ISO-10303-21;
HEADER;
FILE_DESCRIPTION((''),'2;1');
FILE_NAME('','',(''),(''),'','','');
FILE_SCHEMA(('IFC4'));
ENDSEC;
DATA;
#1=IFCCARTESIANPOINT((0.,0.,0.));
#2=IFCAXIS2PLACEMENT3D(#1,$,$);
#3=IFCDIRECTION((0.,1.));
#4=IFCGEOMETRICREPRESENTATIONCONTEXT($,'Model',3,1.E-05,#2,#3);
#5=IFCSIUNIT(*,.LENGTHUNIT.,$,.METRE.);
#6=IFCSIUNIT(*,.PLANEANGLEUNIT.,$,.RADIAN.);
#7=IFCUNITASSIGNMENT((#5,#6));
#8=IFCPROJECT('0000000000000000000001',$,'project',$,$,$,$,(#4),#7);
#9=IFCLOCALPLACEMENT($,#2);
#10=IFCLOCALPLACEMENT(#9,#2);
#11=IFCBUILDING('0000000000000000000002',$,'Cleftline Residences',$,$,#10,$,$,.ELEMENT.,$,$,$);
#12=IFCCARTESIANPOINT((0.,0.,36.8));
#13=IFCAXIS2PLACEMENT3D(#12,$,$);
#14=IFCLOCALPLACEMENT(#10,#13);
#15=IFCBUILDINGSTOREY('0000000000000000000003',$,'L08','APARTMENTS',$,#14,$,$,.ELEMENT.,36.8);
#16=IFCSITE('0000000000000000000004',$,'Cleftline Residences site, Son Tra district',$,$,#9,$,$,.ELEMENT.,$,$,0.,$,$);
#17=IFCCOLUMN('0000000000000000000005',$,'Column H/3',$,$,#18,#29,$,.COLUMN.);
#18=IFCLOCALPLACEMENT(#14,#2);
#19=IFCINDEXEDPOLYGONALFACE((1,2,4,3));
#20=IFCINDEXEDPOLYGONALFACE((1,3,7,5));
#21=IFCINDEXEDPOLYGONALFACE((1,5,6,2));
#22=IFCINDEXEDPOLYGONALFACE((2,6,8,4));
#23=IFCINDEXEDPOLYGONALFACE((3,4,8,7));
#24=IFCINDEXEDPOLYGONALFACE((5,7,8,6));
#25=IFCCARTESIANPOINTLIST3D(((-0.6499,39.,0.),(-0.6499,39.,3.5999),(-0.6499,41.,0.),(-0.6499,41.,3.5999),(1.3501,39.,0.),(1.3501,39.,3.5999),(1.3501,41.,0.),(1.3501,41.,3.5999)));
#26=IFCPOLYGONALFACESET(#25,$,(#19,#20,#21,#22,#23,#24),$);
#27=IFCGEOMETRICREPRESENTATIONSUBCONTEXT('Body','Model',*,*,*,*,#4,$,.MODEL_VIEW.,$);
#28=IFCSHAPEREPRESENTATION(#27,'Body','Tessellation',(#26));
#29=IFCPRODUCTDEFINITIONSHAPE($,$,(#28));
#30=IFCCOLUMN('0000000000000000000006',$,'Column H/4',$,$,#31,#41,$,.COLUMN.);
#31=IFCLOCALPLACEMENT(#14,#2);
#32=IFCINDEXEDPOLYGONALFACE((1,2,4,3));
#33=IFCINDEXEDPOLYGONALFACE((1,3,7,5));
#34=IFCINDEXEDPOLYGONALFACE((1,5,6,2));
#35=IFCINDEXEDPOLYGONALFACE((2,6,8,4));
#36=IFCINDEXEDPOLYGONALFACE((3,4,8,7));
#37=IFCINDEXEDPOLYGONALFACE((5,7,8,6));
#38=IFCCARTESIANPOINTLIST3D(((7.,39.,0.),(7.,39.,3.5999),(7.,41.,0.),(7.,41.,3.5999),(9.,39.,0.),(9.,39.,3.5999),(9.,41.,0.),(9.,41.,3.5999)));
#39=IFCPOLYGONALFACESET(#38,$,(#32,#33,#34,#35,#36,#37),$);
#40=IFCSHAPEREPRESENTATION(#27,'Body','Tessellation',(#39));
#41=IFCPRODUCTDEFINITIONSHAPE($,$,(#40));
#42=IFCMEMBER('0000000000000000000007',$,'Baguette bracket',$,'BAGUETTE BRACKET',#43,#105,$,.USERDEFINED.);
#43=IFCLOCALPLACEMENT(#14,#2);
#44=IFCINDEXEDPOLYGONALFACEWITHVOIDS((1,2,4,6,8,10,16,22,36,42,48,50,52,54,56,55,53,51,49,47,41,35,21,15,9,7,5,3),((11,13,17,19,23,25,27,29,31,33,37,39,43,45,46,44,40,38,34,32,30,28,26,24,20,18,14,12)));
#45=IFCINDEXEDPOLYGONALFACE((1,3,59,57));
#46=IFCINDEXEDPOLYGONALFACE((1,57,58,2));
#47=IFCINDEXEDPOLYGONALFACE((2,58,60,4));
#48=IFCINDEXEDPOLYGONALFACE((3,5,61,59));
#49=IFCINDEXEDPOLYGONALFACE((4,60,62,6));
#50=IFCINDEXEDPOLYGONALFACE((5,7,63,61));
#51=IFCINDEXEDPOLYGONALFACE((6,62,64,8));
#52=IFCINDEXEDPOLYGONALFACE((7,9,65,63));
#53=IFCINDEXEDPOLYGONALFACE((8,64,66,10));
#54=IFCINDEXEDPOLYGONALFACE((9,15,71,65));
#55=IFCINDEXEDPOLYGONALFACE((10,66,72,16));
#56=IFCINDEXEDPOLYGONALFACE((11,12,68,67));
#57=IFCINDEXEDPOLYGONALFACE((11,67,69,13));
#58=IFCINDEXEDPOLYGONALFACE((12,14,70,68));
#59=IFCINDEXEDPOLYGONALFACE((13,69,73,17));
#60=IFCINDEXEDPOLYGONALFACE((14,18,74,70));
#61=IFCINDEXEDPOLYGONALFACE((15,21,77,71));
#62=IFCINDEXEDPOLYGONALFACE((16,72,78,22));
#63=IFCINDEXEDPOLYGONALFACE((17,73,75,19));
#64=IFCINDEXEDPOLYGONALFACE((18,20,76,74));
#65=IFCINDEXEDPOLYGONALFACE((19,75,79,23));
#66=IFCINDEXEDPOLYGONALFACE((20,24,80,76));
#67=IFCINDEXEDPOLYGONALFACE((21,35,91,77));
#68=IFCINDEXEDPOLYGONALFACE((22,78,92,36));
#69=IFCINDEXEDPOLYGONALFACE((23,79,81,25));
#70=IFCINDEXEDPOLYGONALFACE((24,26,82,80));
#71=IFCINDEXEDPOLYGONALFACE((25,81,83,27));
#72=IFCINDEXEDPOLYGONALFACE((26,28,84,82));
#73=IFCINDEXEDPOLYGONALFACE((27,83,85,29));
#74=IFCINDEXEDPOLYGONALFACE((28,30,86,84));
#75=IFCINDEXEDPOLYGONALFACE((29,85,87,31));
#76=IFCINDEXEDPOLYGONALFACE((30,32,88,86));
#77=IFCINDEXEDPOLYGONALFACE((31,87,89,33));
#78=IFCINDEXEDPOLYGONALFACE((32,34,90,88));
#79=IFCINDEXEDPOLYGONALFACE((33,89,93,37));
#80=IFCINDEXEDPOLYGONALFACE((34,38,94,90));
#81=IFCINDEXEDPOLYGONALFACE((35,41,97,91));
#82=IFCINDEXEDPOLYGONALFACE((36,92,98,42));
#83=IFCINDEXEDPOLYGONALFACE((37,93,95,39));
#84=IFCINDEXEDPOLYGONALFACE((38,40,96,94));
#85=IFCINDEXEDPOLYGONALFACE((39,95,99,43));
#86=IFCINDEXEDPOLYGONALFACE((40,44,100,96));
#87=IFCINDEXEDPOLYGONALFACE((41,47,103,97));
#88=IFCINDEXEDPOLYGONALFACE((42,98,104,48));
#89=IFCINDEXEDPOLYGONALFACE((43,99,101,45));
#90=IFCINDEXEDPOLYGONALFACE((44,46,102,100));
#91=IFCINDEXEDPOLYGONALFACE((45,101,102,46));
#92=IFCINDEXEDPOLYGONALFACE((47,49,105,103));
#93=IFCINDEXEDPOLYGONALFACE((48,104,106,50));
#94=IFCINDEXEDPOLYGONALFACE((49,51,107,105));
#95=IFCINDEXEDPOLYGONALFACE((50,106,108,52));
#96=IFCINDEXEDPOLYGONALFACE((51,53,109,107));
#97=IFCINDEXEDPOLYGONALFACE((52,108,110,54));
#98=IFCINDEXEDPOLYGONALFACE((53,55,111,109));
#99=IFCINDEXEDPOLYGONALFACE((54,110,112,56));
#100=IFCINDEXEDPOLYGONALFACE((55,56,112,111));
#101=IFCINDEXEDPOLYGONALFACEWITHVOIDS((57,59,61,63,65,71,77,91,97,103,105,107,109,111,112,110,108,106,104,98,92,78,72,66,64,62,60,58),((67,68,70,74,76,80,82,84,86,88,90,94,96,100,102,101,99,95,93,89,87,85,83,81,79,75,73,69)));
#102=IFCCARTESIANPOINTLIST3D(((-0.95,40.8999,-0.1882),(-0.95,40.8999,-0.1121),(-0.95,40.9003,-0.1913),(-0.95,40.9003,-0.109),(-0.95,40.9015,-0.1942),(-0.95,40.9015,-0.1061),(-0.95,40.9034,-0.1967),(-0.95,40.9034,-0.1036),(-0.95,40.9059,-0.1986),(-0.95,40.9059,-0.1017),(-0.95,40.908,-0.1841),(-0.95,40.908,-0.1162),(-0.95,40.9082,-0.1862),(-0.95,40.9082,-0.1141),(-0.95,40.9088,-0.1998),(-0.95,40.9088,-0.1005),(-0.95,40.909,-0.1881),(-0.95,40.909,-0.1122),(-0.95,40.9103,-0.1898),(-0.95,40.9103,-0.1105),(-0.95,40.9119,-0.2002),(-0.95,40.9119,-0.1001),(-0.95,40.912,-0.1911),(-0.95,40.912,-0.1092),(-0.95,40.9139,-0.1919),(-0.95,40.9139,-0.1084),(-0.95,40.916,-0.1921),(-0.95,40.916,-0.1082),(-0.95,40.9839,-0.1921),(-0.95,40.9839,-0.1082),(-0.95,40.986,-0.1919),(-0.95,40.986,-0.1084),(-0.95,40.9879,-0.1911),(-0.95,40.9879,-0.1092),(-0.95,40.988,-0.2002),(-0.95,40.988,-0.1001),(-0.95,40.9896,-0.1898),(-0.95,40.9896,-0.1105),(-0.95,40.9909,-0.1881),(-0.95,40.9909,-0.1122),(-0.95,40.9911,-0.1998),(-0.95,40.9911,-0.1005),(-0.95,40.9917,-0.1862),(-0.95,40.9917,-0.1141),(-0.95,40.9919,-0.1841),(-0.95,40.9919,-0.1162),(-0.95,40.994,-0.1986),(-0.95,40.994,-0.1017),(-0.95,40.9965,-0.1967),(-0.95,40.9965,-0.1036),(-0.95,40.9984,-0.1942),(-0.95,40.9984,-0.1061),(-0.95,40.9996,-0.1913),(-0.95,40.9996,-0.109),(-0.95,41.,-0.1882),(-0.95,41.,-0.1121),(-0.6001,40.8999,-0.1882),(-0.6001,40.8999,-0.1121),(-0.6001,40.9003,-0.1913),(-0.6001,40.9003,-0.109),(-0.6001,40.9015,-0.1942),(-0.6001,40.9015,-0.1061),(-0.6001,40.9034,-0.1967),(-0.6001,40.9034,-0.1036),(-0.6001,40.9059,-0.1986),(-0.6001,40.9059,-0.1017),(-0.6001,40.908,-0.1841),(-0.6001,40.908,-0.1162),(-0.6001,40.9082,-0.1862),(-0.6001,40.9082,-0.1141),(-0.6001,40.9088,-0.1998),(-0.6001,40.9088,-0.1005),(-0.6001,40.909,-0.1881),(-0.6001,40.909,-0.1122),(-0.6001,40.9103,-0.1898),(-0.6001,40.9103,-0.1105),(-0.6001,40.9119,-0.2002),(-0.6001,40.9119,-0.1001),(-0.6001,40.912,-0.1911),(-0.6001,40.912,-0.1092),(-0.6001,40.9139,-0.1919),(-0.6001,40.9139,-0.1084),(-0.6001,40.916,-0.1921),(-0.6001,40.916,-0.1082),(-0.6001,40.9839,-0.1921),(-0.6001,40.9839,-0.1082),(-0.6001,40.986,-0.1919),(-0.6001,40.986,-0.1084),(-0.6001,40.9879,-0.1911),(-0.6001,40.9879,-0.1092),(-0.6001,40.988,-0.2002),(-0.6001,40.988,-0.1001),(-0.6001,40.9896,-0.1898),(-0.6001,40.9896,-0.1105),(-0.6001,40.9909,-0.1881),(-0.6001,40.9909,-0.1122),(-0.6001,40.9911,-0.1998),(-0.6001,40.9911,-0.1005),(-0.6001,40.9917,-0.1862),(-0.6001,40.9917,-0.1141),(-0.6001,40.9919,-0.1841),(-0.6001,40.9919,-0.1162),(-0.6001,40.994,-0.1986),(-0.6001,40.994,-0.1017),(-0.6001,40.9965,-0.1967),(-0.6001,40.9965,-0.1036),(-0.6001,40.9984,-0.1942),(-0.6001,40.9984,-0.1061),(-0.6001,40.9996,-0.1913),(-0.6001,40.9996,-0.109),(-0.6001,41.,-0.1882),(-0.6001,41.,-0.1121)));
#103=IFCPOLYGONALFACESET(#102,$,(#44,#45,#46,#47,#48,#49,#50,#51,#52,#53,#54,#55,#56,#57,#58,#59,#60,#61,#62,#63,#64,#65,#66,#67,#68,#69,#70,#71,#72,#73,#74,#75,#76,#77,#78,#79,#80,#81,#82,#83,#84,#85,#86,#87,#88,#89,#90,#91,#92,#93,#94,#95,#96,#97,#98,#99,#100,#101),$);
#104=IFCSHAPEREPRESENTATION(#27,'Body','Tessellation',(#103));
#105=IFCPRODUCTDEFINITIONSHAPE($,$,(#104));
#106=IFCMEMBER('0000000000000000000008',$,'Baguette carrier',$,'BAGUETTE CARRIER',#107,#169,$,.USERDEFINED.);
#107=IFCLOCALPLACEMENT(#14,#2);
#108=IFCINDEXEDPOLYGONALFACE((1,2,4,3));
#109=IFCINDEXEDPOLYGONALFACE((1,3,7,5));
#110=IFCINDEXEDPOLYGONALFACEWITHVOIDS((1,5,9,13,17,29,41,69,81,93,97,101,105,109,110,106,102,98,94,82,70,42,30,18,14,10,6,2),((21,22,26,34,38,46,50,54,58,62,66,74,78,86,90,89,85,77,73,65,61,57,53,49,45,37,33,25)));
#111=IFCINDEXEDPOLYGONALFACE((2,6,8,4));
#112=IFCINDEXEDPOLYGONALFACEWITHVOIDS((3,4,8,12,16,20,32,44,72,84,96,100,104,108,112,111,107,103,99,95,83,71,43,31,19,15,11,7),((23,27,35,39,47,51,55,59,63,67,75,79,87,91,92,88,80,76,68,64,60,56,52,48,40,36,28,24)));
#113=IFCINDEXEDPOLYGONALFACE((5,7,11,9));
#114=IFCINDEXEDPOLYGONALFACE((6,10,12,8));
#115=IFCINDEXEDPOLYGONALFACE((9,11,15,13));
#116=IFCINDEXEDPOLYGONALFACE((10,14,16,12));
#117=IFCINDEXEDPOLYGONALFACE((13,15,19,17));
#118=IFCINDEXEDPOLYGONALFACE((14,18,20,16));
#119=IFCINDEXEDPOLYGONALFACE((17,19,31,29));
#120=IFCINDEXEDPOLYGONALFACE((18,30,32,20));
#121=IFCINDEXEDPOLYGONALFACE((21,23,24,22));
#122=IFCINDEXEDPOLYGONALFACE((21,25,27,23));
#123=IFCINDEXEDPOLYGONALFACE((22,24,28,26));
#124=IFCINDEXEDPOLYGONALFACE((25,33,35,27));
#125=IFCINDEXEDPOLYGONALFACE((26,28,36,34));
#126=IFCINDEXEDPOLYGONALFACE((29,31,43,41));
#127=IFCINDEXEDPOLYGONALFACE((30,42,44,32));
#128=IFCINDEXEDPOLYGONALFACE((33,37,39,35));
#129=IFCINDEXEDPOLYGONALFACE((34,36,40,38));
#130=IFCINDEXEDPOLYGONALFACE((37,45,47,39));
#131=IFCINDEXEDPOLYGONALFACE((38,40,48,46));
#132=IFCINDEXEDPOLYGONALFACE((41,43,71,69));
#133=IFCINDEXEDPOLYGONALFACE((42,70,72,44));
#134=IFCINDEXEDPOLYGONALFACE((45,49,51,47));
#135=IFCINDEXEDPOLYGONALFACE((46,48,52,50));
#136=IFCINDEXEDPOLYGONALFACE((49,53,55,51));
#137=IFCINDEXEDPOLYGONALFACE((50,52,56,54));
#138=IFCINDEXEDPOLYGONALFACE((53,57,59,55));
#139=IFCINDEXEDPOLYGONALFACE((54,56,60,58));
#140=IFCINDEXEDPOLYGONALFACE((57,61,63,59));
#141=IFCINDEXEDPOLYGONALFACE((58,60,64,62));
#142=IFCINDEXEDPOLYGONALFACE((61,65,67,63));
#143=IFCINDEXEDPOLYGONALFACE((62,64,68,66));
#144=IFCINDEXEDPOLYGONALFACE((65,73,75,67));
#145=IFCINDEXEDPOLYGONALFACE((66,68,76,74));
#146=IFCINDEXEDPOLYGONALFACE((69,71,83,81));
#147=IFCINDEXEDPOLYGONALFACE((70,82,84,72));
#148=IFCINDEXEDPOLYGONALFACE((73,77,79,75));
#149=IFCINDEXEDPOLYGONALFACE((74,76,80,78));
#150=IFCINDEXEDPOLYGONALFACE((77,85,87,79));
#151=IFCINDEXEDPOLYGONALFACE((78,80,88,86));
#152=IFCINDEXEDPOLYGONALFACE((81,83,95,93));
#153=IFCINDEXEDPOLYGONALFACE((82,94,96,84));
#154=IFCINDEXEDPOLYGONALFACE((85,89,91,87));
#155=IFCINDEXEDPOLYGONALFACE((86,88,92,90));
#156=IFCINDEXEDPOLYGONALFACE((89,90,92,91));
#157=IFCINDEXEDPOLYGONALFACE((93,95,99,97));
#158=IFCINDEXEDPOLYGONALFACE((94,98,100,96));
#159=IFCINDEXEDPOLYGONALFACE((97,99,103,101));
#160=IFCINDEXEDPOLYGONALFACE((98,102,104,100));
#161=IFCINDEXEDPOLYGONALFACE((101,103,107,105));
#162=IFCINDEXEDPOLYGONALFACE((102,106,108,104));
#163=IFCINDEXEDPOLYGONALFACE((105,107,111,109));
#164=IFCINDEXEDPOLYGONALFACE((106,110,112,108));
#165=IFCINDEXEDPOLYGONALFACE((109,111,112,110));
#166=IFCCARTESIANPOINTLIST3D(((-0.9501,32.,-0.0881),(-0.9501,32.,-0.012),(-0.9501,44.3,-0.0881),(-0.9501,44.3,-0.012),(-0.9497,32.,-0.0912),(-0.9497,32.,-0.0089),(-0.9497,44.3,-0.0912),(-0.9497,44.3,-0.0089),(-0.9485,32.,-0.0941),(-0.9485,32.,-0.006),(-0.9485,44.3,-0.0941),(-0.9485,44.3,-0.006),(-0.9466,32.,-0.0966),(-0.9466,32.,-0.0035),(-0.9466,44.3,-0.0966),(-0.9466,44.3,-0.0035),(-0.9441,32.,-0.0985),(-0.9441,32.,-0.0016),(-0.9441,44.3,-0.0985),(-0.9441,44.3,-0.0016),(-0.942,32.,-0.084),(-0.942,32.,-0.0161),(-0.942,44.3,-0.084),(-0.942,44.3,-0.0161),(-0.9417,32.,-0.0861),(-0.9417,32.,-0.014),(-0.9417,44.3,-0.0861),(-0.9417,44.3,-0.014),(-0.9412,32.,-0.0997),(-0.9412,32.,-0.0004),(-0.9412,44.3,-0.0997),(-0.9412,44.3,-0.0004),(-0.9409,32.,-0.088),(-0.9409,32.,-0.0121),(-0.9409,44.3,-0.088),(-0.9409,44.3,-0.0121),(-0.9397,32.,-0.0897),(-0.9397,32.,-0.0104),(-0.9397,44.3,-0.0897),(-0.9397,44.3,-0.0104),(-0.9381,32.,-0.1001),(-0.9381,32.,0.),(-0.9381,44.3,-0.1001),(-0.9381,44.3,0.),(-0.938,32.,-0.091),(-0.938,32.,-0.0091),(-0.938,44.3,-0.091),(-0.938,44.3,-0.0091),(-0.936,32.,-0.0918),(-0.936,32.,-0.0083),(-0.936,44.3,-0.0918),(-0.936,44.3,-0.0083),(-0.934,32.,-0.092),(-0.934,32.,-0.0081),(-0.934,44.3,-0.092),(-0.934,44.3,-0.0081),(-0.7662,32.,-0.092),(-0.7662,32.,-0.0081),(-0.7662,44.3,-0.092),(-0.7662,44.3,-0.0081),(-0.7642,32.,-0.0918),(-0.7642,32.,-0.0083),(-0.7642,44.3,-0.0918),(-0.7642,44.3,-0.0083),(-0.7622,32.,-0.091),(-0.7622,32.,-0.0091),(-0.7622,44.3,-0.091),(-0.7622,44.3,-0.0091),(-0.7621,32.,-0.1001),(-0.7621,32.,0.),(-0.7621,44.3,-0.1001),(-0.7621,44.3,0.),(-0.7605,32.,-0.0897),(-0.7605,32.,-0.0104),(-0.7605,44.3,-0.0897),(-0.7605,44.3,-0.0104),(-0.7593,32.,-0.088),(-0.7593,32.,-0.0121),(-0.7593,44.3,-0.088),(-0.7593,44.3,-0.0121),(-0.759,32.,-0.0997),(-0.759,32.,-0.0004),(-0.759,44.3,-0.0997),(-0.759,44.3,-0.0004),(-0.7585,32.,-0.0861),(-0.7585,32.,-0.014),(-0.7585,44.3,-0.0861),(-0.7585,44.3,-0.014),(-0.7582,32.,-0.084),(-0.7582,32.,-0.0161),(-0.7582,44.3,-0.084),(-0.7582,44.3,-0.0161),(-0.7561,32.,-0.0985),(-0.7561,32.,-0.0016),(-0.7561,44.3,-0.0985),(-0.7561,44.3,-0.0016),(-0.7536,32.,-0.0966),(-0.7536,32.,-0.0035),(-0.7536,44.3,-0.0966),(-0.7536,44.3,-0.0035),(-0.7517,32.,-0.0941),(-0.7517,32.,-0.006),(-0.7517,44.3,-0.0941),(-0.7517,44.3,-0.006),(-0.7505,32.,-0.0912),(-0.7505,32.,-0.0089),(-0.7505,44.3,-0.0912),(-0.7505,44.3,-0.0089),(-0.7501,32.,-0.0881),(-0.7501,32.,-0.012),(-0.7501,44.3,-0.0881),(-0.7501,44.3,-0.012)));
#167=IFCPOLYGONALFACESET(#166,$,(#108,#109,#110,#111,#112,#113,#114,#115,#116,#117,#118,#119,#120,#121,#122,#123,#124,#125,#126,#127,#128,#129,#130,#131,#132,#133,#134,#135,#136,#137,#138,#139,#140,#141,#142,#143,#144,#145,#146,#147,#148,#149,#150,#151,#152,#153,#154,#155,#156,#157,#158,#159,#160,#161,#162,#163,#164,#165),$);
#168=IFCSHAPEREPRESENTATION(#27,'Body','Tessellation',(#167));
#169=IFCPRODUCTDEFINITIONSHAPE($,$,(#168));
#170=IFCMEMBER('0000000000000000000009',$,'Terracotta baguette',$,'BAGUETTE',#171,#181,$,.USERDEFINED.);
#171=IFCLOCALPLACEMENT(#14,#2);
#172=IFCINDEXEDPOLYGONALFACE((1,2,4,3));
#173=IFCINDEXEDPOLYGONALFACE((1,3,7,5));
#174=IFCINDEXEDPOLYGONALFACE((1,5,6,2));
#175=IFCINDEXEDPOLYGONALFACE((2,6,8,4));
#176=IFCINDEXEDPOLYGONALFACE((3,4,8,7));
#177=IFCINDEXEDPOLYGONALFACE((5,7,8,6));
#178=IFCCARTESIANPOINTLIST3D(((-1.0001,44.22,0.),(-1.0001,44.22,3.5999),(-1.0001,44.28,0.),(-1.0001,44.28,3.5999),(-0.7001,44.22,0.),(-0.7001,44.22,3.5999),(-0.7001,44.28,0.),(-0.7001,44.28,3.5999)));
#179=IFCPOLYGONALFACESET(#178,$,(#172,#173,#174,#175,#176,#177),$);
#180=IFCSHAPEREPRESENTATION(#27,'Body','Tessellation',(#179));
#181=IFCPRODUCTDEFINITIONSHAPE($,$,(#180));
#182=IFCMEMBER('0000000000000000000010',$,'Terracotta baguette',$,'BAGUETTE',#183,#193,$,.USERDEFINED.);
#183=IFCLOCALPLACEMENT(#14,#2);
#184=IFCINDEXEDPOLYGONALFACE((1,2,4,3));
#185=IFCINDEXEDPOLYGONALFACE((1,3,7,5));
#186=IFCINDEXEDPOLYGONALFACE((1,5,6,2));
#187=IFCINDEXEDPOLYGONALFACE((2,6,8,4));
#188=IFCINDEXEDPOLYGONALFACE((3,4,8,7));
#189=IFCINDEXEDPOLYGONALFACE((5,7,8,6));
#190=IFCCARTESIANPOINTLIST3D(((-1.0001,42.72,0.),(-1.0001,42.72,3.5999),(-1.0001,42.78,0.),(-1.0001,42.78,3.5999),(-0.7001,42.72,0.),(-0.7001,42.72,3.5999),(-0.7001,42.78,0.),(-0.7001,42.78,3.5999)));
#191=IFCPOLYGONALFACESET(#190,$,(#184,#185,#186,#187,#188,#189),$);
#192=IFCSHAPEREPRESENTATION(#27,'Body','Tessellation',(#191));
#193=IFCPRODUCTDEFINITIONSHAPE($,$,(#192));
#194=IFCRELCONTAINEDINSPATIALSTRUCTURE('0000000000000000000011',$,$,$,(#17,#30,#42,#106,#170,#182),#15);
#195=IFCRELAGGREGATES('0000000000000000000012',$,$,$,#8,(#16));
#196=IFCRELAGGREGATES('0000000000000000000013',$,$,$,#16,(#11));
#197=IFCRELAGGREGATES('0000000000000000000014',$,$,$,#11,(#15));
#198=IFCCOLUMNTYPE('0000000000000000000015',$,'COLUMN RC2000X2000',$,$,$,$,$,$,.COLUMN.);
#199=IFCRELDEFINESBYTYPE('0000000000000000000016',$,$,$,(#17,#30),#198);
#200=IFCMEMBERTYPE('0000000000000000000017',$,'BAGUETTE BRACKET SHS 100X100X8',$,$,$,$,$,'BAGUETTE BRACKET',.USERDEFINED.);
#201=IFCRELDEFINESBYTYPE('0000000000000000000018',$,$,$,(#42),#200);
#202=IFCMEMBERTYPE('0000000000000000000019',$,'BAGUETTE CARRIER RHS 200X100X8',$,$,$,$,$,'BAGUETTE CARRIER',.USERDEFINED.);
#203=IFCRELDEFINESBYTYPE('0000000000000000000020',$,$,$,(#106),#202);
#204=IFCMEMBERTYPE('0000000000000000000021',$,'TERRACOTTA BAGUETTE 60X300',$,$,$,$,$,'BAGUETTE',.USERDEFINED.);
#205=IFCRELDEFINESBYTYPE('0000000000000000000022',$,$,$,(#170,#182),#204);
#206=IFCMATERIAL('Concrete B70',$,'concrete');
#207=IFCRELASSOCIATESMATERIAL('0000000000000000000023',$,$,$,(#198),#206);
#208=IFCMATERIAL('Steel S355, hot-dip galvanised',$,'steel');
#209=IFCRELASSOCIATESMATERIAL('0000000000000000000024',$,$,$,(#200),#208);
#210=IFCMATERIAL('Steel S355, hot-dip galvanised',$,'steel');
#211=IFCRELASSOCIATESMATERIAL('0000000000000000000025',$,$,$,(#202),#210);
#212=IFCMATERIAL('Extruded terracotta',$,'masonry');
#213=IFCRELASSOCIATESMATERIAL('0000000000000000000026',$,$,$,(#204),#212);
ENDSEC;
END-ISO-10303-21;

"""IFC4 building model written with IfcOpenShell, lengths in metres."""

from ifc_helpers import new_model, si_unit, direction, frame, origin, origin_2d, place, context, subcontext, project, spatial, rectangle, hollow_rectangle, extrude, material, material_profile, profile_set, type_object, element, save


model = new_model("IFC4")

# Units and contexts
model_context = context("Model", 3, precision=1e-05, world=origin(), true_north=direction((0.0, 1.0)))
body_context = subcontext(model_context, "Body", "Model", "MODEL_VIEW")
ifc_project = project(units=[si_unit("LENGTHUNIT", "METRE"), si_unit("PLANEANGLEUNIT", "RADIAN")], contexts=[model_context])

# Site, building, storey
site_placement = place(None, origin())
site = spatial("IfcSite", under=ifc_project, at=site_placement, Name="Cleftline Residences site, Son Tra district", CompositionType="ELEMENT", RefElevation=0.0)
building_placement = place(site_placement, origin())
building = spatial("IfcBuilding", under=site, at=building_placement, Name="Cleftline Residences", CompositionType="ELEMENT")
storey_placement = place(building_placement, frame((0.0, 0.0, 36.8)))
storey = spatial("IfcBuildingStorey", under=building, at=storey_placement, Name="L08", Description="APARTMENTS", CompositionType="ELEMENT", Elevation=36.8)

# Columns
ifc_material_1 = material(Name="Concrete B70", Category="concrete")
ifc_material_profile_1 = material_profile(ifc_material_1, rectangle(XDim=2.0, YDim=2.0, at=origin_2d()))
ifc_profile_set_1 = profile_set([ifc_material_profile_1], Name="Concrete B70")
column_type = type_object("IfcColumnType", Name="COLUMN RC2000X2000", PredefinedType="COLUMN", material=ifc_profile_set_1)
for number, where, z_axis, x_axis, name in (
    (1, (0.3501, 40.0, 0.0), (0.0, 0.0, 1.0), (1.0, 0.0, 0.0), "Column H/3"),
    (2, (8.0, 40.0, 0.0), (0.0, 0.0, 1.0), (1.0, 0.0, 0.0), "Column H/4"),
):
    element("IfcColumn", number, at=place(storey_placement, frame(where, z_axis=z_axis, x_axis=x_axis)), inside=storey, type_object=column_type, Name=name, PredefinedType="COLUMN", context=body_context, shape_type="SweptSolid", body=[
        extrude(rectangle(XDim=2.0, YDim=2.0, at=origin_2d()), origin(), (0.0, 0.0, 1.0), 3.5999),
    ])

# Members
ifc_material_2 = material(Name="Steel S355, hot-dip galvanised", Category="steel")
ifc_material_profile_2 = material_profile(ifc_material_2, hollow_rectangle(XDim=0.1001, YDim=0.1001, WallThickness=0.0081, InnerFilletRadius=0.0081, OuterFilletRadius=0.012, at=origin_2d()))
ifc_profile_set_2 = profile_set([ifc_material_profile_2], Name="Steel S355, hot-dip galvanised")
member_type_1 = type_object("IfcMemberType", Name="BAGUETTE BRACKET SHS 100X100X8", ElementType="BAGUETTE BRACKET", PredefinedType="USERDEFINED", material=ifc_profile_set_2)
member_1_placement = place(storey_placement, frame((-0.6001, 40.95, -0.1501), z_axis=(-1.0, 0.0, 0.0), x_axis=(0.0, -1.0, 0.0)))
element("IfcMember", 3, at=member_1_placement, inside=storey, type_object=member_type_1, Name="Baguette bracket", ObjectType="BAGUETTE BRACKET", PredefinedType="USERDEFINED", context=body_context, shape_type="SweptSolid", body=[
    extrude(hollow_rectangle(XDim=0.1001, YDim=0.1001, WallThickness=0.0081, InnerFilletRadius=0.0081, OuterFilletRadius=0.012, at=origin_2d()), origin(), (0.0, 0.0, 1.0), 0.3499),
])
ifc_material_3 = material(Name="Steel S355, hot-dip galvanised", Category="steel")
ifc_material_profile_3 = material_profile(ifc_material_3, hollow_rectangle(XDim=0.1001, YDim=0.2, WallThickness=0.0081, InnerFilletRadius=0.0081, OuterFilletRadius=0.012, at=origin_2d()))
ifc_profile_set_3 = profile_set([ifc_material_profile_3], Name="Steel S355, hot-dip galvanised")
member_type_2 = type_object("IfcMemberType", Name="BAGUETTE CARRIER RHS 200X100X8", ElementType="BAGUETTE CARRIER", PredefinedType="USERDEFINED", material=ifc_profile_set_3)
member_2_placement = place(storey_placement, frame((-0.8501, 44.3, -0.05), z_axis=(0.0, -1.0, 0.0), x_axis=(0.0, 0.0, 1.0)))
element("IfcMember", 4, at=member_2_placement, inside=storey, type_object=member_type_2, Name="Baguette carrier", ObjectType="BAGUETTE CARRIER", PredefinedType="USERDEFINED", context=body_context, shape_type="SweptSolid", body=[
    extrude(hollow_rectangle(XDim=0.1001, YDim=0.2, WallThickness=0.0081, InnerFilletRadius=0.0081, OuterFilletRadius=0.012, at=origin_2d()), origin(), (0.0, 0.0, 1.0), 12.3),
])
ifc_material_4 = material(Name="Extruded terracotta", Category="masonry")
ifc_material_profile_4 = material_profile(ifc_material_4, rectangle(XDim=0.0601, YDim=0.3, at=origin_2d()))
ifc_profile_set_4 = profile_set([ifc_material_profile_4], Name="Extruded terracotta")
member_type_3 = type_object("IfcMemberType", Name="TERRACOTTA BAGUETTE 60X300", ElementType="BAGUETTE", PredefinedType="USERDEFINED", material=ifc_profile_set_4)
for number, where, z_axis, x_axis, name in (
    (5, (-0.8501, 44.25, 0.0), (0.0, 0.0, 1.0), (0.0, 1.0, 0.0), "Terracotta baguette"),
    (6, (-0.8501, 42.75, 0.0), (0.0, 0.0, 1.0), (0.0, 1.0, 0.0), "Terracotta baguette"),
):
    element("IfcMember", number, at=place(storey_placement, frame(where, z_axis=z_axis, x_axis=x_axis)), inside=storey, type_object=member_type_3, Name=name, ObjectType="BAGUETTE", PredefinedType="USERDEFINED", context=body_context, shape_type="SweptSolid", body=[
        extrude(rectangle(XDim=0.0601, YDim=0.3, at=origin_2d()), origin(), (0.0, 0.0, 1.0), 3.5999),
    ])

save(model, "model.ifc")
